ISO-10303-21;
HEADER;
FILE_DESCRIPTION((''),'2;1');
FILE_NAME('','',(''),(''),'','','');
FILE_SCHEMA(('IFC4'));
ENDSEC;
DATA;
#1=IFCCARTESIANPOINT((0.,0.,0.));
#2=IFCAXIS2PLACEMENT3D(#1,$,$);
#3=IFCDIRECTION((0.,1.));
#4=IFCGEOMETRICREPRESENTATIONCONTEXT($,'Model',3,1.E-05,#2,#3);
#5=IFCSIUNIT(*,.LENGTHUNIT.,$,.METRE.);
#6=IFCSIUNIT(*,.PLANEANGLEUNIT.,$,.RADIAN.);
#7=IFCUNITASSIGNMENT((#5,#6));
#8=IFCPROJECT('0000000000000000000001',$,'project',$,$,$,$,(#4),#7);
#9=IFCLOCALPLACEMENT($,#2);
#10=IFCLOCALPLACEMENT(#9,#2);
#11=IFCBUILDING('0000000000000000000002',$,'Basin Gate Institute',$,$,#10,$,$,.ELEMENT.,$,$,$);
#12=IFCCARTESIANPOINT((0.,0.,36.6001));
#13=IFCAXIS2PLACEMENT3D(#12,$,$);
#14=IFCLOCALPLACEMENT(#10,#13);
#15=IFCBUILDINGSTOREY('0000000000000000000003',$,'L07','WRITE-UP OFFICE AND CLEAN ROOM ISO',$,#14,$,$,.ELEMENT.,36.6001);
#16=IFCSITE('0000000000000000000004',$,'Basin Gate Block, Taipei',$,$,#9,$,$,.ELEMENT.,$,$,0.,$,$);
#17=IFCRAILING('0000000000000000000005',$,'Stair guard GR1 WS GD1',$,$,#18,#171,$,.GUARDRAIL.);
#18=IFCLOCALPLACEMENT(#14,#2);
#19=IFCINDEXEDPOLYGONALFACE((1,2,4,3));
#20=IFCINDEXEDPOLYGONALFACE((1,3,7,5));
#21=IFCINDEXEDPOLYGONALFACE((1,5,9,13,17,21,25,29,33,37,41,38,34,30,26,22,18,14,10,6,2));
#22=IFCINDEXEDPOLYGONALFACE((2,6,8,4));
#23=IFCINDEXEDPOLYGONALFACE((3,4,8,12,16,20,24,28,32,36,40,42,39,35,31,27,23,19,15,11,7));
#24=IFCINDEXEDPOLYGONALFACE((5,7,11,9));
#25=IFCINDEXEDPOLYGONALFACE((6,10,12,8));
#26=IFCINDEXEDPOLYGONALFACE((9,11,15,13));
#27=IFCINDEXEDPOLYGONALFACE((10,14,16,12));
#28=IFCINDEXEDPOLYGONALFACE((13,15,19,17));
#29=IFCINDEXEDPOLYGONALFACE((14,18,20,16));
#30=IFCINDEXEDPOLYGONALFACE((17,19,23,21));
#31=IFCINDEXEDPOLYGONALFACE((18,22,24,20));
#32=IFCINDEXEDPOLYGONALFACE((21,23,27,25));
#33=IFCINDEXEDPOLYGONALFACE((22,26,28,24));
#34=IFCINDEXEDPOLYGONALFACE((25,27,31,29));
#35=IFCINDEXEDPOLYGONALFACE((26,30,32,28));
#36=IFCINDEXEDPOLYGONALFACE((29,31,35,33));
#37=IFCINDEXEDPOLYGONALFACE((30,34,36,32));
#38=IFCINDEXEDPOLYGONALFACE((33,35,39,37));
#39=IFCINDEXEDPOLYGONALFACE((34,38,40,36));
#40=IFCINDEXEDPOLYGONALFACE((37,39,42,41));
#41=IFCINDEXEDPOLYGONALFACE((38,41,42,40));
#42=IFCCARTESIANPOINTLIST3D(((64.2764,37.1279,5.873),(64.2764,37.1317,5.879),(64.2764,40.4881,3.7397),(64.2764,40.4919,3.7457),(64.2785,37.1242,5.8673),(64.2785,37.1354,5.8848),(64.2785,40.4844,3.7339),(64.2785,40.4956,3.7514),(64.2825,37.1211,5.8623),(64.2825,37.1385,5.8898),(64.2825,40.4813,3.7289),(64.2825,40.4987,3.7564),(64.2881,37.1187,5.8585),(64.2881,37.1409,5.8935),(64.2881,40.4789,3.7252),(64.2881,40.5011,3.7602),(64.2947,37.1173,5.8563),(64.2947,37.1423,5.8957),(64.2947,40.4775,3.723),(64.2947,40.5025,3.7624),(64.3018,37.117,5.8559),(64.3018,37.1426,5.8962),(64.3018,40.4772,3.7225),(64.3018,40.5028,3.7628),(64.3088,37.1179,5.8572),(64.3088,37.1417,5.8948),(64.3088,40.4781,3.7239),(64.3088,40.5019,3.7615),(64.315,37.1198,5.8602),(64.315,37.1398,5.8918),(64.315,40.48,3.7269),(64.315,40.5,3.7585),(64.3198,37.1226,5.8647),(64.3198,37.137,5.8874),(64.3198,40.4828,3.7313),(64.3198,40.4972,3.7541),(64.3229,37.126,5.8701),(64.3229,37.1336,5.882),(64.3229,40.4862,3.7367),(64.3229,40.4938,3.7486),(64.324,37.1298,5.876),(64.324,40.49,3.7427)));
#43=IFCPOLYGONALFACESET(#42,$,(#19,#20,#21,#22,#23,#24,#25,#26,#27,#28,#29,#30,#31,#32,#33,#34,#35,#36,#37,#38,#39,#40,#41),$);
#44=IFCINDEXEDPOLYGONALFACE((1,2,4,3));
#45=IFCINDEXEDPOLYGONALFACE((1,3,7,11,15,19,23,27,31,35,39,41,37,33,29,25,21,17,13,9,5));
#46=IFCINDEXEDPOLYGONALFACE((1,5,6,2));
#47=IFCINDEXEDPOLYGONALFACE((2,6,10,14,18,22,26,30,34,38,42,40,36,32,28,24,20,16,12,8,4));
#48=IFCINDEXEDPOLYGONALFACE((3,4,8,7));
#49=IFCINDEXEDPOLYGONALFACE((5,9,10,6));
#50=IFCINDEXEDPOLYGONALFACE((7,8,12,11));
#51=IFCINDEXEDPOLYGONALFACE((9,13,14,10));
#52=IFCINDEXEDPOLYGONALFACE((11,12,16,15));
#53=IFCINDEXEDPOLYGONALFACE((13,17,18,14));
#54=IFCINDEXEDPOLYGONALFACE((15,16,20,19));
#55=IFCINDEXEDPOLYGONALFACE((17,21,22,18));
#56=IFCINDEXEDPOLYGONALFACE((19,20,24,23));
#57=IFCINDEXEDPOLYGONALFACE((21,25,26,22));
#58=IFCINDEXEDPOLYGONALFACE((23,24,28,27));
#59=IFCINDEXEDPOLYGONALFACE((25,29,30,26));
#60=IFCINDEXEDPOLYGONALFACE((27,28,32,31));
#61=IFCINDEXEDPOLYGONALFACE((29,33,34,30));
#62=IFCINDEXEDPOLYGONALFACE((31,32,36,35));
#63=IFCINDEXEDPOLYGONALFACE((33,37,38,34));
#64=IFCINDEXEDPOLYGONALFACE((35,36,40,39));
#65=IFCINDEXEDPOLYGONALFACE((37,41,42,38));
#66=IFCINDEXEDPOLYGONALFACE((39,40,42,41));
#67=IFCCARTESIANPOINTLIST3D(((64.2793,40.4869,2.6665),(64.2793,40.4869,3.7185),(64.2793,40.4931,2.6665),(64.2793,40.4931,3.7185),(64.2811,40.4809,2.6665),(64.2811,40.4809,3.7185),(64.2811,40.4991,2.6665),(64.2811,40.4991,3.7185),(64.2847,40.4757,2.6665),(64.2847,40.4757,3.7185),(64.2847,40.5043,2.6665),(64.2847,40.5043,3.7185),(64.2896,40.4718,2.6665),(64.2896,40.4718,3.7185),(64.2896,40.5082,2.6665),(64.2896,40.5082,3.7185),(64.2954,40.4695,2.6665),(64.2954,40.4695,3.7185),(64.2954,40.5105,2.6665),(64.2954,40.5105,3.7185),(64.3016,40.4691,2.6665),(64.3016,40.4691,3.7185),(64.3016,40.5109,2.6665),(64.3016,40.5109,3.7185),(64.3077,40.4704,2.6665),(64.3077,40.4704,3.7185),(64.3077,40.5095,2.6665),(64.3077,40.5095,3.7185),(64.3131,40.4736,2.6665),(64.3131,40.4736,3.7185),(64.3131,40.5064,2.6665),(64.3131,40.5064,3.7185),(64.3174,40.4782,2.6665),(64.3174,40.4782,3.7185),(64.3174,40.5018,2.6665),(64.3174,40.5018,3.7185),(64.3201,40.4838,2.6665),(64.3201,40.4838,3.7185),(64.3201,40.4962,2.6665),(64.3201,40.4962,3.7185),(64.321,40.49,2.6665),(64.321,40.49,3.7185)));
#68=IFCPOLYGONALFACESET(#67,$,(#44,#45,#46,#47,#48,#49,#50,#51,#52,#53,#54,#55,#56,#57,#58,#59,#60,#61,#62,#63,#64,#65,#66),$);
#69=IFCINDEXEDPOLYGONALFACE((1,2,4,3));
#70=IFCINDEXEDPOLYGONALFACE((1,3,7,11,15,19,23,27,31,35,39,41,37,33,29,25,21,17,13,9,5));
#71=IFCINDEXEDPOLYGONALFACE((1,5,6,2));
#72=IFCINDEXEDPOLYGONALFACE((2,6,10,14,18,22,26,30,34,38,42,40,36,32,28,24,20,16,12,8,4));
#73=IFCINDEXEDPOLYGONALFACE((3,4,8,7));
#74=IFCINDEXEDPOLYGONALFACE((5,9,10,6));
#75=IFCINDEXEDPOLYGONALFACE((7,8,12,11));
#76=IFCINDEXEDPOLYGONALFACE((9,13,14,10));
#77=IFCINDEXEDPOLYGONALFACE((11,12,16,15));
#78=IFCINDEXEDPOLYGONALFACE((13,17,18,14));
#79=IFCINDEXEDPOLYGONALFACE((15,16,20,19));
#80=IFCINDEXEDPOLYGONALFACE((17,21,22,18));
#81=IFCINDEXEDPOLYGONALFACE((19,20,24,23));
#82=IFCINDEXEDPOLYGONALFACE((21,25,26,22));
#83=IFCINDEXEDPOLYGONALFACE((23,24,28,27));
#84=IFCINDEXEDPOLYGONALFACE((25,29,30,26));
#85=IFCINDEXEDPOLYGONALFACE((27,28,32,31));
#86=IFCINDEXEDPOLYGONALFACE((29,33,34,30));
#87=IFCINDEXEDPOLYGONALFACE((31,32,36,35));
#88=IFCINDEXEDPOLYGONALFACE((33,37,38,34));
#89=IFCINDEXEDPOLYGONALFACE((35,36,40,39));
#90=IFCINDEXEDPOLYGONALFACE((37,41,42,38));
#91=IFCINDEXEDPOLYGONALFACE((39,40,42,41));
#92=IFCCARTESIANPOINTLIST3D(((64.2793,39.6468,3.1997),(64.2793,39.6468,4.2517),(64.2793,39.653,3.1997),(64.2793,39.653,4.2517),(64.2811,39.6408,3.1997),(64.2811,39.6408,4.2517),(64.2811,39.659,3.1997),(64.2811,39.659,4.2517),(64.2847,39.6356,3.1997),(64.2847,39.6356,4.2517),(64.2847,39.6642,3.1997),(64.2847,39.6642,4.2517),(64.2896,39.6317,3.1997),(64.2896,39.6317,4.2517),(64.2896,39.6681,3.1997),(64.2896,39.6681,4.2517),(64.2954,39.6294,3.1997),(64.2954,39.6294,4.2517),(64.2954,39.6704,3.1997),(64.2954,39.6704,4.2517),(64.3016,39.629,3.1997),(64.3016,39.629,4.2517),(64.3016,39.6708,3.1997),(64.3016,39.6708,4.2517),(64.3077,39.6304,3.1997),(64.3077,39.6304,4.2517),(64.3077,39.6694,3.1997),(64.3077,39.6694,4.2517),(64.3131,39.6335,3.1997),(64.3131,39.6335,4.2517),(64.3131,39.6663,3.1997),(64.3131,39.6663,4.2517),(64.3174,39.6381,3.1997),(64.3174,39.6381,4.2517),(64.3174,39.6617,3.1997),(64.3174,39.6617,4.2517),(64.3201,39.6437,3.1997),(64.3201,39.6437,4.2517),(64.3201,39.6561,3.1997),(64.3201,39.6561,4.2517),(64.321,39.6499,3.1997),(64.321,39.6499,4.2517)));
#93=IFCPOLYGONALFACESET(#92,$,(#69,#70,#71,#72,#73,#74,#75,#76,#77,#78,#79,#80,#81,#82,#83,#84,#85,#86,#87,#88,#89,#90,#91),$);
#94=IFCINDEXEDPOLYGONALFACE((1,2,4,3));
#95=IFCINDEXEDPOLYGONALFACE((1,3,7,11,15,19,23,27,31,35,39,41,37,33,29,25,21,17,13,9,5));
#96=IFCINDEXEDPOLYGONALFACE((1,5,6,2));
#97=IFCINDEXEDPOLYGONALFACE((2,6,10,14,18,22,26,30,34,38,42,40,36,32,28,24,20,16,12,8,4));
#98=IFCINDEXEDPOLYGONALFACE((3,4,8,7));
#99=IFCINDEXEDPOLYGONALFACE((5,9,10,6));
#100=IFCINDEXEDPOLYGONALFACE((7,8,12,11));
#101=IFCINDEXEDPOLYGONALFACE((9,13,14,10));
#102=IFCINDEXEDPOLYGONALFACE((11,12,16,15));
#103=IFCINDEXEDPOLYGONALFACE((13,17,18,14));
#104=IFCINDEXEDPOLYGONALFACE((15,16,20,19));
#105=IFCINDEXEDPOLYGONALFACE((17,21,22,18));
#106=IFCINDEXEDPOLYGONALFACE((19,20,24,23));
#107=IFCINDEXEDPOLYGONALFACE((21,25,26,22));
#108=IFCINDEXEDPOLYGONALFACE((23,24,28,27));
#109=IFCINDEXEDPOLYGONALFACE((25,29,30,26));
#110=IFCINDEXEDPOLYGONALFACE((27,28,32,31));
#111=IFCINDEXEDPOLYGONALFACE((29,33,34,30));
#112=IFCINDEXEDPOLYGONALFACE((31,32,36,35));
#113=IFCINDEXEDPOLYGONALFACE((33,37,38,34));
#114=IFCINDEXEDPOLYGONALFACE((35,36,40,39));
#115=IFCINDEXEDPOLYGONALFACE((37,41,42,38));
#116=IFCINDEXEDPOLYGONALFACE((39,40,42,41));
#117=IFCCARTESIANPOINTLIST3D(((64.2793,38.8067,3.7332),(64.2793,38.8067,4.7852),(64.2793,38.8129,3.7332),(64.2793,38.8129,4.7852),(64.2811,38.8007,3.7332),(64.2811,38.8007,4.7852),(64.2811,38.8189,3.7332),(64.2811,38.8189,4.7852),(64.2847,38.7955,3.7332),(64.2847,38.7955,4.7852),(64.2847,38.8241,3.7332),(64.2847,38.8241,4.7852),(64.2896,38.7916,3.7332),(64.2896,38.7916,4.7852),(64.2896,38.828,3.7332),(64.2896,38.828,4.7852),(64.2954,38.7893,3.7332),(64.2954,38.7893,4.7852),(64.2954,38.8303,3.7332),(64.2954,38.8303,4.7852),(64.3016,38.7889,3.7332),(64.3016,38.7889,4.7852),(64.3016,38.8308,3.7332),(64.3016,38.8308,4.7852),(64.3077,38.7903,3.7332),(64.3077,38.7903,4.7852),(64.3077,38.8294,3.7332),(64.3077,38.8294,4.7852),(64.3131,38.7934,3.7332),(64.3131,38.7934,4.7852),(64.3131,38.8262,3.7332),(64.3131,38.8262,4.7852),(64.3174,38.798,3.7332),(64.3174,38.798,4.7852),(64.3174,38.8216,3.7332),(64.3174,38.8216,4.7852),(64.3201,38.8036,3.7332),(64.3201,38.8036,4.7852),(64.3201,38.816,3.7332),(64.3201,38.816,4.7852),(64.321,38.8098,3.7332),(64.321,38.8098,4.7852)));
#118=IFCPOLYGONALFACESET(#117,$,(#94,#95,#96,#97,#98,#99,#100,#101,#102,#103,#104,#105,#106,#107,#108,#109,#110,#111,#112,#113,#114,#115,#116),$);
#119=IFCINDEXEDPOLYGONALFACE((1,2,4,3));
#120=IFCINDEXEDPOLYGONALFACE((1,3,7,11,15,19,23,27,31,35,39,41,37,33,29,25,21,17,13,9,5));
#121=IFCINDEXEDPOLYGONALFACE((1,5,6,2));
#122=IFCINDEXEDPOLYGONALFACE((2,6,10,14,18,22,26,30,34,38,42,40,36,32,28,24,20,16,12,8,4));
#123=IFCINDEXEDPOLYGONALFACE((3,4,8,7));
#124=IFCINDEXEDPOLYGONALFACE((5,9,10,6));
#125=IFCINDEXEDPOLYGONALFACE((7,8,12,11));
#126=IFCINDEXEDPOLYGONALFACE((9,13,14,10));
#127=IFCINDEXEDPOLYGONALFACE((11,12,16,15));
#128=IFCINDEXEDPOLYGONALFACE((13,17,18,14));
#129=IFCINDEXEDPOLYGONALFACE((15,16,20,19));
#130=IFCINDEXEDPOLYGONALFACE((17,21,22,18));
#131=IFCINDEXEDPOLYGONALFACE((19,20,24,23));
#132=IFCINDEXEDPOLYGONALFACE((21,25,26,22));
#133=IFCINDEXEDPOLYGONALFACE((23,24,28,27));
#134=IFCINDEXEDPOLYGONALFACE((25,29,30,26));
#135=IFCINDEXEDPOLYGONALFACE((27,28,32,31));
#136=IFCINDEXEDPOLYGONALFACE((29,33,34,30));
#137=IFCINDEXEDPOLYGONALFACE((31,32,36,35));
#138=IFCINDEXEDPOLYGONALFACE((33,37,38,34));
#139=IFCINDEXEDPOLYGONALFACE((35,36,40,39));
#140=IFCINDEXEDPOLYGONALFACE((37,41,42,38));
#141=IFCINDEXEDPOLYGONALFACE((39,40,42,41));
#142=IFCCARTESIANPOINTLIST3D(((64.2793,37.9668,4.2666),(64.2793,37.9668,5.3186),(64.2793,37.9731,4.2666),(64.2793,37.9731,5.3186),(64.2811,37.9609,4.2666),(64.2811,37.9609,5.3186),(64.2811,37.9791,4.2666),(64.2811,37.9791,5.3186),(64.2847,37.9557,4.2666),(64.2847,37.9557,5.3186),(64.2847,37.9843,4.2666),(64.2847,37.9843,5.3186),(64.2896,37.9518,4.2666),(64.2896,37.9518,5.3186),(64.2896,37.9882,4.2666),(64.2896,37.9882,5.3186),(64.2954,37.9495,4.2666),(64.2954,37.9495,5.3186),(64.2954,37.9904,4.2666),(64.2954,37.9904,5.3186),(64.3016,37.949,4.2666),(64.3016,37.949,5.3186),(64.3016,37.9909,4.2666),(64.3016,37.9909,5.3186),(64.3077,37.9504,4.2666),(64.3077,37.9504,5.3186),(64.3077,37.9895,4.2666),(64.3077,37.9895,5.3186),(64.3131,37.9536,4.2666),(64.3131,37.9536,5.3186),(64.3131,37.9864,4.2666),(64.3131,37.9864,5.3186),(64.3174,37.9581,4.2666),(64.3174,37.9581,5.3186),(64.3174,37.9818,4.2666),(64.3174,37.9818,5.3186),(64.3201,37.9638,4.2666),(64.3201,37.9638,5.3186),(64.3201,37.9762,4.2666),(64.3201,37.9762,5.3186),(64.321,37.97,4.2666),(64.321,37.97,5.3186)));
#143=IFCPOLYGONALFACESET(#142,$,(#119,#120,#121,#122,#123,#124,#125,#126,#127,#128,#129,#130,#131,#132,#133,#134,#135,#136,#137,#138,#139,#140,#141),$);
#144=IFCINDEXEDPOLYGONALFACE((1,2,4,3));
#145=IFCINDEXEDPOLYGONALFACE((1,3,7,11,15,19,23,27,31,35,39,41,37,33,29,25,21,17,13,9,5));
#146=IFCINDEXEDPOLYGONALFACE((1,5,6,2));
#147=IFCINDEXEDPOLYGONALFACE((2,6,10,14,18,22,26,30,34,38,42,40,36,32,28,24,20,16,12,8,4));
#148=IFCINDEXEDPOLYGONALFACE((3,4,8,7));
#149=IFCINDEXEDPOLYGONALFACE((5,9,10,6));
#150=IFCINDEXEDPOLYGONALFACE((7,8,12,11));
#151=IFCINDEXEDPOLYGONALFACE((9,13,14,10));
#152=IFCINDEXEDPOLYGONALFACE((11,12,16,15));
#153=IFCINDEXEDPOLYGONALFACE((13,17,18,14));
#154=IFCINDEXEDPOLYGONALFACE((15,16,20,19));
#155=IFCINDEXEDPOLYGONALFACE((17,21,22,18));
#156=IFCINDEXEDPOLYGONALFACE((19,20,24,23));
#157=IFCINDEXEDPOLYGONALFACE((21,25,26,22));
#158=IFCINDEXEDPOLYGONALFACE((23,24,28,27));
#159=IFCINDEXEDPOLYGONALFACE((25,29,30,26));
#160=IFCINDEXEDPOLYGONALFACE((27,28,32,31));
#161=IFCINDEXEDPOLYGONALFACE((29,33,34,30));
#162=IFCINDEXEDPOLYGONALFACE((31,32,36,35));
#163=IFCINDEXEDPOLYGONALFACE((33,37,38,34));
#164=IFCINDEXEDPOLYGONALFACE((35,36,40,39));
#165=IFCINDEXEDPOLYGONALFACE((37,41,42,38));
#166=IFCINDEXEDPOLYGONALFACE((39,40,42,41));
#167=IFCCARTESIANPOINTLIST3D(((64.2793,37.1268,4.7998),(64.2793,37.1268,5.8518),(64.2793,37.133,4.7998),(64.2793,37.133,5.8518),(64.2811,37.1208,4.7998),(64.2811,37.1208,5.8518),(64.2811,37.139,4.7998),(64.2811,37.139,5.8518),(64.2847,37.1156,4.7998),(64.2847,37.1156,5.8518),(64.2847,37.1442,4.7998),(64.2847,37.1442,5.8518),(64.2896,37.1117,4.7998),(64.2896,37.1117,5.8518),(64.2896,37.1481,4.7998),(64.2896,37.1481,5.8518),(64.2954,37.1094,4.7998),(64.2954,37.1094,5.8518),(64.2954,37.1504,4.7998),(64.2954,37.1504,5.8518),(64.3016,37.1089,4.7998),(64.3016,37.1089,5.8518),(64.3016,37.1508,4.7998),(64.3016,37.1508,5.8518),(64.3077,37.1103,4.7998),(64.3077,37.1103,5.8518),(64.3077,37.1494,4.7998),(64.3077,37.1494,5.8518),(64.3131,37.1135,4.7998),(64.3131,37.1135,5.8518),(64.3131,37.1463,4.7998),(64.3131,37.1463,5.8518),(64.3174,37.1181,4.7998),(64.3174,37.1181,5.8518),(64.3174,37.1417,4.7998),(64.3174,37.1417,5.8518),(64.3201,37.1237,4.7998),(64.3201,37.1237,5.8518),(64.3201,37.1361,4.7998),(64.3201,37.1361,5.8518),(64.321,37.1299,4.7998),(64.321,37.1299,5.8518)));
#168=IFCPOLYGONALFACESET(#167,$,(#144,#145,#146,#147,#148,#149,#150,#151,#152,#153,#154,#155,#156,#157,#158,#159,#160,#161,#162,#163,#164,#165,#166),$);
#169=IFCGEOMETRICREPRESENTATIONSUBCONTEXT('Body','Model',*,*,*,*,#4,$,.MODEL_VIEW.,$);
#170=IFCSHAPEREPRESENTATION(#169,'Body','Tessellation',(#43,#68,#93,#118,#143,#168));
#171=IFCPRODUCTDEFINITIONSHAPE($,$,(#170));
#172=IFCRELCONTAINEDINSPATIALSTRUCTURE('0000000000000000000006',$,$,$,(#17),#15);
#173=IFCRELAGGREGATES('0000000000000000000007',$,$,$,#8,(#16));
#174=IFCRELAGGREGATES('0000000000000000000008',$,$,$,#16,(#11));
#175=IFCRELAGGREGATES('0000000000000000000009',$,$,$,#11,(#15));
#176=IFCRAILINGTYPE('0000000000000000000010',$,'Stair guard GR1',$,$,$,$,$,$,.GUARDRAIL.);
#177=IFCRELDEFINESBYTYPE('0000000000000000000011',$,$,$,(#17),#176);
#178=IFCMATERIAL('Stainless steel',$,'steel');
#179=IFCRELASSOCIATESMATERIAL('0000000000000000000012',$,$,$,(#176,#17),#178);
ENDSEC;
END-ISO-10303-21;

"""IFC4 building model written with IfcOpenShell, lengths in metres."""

from ifc_helpers import new_model, si_unit, direction, frame, origin, origin_2d, place, context, subcontext, project, spatial, circle, extrude, material, type_object, element, save


model = new_model("IFC4")

# Units and contexts
model_context = context("Model", 3, precision=1e-05, world=origin(), true_north=direction((0.0, 1.0)))
body_context = subcontext(model_context, "Body", "Model", "MODEL_VIEW")
ifc_project = project(units=[si_unit("LENGTHUNIT", "METRE"), si_unit("PLANEANGLEUNIT", "RADIAN")], contexts=[model_context])

# Site, building, storey
site_placement = place(None, origin())
site = spatial("IfcSite", under=ifc_project, at=site_placement, Name="Basin Gate Block, Taipei", CompositionType="ELEMENT", RefElevation=0.0)
building_placement = place(site_placement, origin())
building = spatial("IfcBuilding", under=site, at=building_placement, Name="Basin Gate Institute", CompositionType="ELEMENT")
storey_placement = place(building_placement, frame((0.0, 0.0, 36.6001)))
storey = spatial("IfcBuildingStorey", under=building, at=storey_placement, Name="L07", Description="WRITE-UP OFFICE AND CLEAN ROOM ISO", CompositionType="ELEMENT", Elevation=36.6001)

# Railing
ifc_material_1 = material(Name="Stainless steel", Category="steel")
railing_type_1 = type_object("IfcRailingType", Name="Stair guard GR1", PredefinedType="GUARDRAIL", material=ifc_material_1)
railing_1_placement = place(storey_placement, frame((64.3, 40.49, 2.6665)))
element("IfcRailing", 1, at=railing_1_placement, inside=storey, type_object=railing_type_1, material=ifc_material_1, Name="Stair guard GR1 WS GD1", PredefinedType="GUARDRAIL", context=body_context, shape_type="SweptSolid", body=[
    extrude(circle(Radius=0.0239, at=origin_2d()), frame((0.0, 0.0, 1.0762), z_axis=(0.0, -0.844224, 0.53599), x_axis=(1.0, 0.0, 0.0)), (0.0, 0.0, 1.0), 3.9802),
    extrude(circle(Radius=0.021, at=origin_2d()), origin(), (0.0, 0.0, 1.0), 1.052),
    extrude(circle(Radius=0.021, at=origin_2d()), frame((0.0, -0.8401, 0.5332)), (0.0, 0.0, 1.0), 1.052),
    extrude(circle(Radius=0.021, at=origin_2d()), frame((0.0, -1.6802, 1.0667)), (0.0, 0.0, 1.0), 1.052),
    extrude(circle(Radius=0.021, at=origin_2d()), frame((0.0, -2.52, 1.6001)), (0.0, 0.0, 1.0), 1.052),
    extrude(circle(Radius=0.021, at=origin_2d()), frame((0.0, -3.3601, 2.1333)), (0.0, 0.0, 1.0), 1.052),
])

save(model, "model.ifc")
